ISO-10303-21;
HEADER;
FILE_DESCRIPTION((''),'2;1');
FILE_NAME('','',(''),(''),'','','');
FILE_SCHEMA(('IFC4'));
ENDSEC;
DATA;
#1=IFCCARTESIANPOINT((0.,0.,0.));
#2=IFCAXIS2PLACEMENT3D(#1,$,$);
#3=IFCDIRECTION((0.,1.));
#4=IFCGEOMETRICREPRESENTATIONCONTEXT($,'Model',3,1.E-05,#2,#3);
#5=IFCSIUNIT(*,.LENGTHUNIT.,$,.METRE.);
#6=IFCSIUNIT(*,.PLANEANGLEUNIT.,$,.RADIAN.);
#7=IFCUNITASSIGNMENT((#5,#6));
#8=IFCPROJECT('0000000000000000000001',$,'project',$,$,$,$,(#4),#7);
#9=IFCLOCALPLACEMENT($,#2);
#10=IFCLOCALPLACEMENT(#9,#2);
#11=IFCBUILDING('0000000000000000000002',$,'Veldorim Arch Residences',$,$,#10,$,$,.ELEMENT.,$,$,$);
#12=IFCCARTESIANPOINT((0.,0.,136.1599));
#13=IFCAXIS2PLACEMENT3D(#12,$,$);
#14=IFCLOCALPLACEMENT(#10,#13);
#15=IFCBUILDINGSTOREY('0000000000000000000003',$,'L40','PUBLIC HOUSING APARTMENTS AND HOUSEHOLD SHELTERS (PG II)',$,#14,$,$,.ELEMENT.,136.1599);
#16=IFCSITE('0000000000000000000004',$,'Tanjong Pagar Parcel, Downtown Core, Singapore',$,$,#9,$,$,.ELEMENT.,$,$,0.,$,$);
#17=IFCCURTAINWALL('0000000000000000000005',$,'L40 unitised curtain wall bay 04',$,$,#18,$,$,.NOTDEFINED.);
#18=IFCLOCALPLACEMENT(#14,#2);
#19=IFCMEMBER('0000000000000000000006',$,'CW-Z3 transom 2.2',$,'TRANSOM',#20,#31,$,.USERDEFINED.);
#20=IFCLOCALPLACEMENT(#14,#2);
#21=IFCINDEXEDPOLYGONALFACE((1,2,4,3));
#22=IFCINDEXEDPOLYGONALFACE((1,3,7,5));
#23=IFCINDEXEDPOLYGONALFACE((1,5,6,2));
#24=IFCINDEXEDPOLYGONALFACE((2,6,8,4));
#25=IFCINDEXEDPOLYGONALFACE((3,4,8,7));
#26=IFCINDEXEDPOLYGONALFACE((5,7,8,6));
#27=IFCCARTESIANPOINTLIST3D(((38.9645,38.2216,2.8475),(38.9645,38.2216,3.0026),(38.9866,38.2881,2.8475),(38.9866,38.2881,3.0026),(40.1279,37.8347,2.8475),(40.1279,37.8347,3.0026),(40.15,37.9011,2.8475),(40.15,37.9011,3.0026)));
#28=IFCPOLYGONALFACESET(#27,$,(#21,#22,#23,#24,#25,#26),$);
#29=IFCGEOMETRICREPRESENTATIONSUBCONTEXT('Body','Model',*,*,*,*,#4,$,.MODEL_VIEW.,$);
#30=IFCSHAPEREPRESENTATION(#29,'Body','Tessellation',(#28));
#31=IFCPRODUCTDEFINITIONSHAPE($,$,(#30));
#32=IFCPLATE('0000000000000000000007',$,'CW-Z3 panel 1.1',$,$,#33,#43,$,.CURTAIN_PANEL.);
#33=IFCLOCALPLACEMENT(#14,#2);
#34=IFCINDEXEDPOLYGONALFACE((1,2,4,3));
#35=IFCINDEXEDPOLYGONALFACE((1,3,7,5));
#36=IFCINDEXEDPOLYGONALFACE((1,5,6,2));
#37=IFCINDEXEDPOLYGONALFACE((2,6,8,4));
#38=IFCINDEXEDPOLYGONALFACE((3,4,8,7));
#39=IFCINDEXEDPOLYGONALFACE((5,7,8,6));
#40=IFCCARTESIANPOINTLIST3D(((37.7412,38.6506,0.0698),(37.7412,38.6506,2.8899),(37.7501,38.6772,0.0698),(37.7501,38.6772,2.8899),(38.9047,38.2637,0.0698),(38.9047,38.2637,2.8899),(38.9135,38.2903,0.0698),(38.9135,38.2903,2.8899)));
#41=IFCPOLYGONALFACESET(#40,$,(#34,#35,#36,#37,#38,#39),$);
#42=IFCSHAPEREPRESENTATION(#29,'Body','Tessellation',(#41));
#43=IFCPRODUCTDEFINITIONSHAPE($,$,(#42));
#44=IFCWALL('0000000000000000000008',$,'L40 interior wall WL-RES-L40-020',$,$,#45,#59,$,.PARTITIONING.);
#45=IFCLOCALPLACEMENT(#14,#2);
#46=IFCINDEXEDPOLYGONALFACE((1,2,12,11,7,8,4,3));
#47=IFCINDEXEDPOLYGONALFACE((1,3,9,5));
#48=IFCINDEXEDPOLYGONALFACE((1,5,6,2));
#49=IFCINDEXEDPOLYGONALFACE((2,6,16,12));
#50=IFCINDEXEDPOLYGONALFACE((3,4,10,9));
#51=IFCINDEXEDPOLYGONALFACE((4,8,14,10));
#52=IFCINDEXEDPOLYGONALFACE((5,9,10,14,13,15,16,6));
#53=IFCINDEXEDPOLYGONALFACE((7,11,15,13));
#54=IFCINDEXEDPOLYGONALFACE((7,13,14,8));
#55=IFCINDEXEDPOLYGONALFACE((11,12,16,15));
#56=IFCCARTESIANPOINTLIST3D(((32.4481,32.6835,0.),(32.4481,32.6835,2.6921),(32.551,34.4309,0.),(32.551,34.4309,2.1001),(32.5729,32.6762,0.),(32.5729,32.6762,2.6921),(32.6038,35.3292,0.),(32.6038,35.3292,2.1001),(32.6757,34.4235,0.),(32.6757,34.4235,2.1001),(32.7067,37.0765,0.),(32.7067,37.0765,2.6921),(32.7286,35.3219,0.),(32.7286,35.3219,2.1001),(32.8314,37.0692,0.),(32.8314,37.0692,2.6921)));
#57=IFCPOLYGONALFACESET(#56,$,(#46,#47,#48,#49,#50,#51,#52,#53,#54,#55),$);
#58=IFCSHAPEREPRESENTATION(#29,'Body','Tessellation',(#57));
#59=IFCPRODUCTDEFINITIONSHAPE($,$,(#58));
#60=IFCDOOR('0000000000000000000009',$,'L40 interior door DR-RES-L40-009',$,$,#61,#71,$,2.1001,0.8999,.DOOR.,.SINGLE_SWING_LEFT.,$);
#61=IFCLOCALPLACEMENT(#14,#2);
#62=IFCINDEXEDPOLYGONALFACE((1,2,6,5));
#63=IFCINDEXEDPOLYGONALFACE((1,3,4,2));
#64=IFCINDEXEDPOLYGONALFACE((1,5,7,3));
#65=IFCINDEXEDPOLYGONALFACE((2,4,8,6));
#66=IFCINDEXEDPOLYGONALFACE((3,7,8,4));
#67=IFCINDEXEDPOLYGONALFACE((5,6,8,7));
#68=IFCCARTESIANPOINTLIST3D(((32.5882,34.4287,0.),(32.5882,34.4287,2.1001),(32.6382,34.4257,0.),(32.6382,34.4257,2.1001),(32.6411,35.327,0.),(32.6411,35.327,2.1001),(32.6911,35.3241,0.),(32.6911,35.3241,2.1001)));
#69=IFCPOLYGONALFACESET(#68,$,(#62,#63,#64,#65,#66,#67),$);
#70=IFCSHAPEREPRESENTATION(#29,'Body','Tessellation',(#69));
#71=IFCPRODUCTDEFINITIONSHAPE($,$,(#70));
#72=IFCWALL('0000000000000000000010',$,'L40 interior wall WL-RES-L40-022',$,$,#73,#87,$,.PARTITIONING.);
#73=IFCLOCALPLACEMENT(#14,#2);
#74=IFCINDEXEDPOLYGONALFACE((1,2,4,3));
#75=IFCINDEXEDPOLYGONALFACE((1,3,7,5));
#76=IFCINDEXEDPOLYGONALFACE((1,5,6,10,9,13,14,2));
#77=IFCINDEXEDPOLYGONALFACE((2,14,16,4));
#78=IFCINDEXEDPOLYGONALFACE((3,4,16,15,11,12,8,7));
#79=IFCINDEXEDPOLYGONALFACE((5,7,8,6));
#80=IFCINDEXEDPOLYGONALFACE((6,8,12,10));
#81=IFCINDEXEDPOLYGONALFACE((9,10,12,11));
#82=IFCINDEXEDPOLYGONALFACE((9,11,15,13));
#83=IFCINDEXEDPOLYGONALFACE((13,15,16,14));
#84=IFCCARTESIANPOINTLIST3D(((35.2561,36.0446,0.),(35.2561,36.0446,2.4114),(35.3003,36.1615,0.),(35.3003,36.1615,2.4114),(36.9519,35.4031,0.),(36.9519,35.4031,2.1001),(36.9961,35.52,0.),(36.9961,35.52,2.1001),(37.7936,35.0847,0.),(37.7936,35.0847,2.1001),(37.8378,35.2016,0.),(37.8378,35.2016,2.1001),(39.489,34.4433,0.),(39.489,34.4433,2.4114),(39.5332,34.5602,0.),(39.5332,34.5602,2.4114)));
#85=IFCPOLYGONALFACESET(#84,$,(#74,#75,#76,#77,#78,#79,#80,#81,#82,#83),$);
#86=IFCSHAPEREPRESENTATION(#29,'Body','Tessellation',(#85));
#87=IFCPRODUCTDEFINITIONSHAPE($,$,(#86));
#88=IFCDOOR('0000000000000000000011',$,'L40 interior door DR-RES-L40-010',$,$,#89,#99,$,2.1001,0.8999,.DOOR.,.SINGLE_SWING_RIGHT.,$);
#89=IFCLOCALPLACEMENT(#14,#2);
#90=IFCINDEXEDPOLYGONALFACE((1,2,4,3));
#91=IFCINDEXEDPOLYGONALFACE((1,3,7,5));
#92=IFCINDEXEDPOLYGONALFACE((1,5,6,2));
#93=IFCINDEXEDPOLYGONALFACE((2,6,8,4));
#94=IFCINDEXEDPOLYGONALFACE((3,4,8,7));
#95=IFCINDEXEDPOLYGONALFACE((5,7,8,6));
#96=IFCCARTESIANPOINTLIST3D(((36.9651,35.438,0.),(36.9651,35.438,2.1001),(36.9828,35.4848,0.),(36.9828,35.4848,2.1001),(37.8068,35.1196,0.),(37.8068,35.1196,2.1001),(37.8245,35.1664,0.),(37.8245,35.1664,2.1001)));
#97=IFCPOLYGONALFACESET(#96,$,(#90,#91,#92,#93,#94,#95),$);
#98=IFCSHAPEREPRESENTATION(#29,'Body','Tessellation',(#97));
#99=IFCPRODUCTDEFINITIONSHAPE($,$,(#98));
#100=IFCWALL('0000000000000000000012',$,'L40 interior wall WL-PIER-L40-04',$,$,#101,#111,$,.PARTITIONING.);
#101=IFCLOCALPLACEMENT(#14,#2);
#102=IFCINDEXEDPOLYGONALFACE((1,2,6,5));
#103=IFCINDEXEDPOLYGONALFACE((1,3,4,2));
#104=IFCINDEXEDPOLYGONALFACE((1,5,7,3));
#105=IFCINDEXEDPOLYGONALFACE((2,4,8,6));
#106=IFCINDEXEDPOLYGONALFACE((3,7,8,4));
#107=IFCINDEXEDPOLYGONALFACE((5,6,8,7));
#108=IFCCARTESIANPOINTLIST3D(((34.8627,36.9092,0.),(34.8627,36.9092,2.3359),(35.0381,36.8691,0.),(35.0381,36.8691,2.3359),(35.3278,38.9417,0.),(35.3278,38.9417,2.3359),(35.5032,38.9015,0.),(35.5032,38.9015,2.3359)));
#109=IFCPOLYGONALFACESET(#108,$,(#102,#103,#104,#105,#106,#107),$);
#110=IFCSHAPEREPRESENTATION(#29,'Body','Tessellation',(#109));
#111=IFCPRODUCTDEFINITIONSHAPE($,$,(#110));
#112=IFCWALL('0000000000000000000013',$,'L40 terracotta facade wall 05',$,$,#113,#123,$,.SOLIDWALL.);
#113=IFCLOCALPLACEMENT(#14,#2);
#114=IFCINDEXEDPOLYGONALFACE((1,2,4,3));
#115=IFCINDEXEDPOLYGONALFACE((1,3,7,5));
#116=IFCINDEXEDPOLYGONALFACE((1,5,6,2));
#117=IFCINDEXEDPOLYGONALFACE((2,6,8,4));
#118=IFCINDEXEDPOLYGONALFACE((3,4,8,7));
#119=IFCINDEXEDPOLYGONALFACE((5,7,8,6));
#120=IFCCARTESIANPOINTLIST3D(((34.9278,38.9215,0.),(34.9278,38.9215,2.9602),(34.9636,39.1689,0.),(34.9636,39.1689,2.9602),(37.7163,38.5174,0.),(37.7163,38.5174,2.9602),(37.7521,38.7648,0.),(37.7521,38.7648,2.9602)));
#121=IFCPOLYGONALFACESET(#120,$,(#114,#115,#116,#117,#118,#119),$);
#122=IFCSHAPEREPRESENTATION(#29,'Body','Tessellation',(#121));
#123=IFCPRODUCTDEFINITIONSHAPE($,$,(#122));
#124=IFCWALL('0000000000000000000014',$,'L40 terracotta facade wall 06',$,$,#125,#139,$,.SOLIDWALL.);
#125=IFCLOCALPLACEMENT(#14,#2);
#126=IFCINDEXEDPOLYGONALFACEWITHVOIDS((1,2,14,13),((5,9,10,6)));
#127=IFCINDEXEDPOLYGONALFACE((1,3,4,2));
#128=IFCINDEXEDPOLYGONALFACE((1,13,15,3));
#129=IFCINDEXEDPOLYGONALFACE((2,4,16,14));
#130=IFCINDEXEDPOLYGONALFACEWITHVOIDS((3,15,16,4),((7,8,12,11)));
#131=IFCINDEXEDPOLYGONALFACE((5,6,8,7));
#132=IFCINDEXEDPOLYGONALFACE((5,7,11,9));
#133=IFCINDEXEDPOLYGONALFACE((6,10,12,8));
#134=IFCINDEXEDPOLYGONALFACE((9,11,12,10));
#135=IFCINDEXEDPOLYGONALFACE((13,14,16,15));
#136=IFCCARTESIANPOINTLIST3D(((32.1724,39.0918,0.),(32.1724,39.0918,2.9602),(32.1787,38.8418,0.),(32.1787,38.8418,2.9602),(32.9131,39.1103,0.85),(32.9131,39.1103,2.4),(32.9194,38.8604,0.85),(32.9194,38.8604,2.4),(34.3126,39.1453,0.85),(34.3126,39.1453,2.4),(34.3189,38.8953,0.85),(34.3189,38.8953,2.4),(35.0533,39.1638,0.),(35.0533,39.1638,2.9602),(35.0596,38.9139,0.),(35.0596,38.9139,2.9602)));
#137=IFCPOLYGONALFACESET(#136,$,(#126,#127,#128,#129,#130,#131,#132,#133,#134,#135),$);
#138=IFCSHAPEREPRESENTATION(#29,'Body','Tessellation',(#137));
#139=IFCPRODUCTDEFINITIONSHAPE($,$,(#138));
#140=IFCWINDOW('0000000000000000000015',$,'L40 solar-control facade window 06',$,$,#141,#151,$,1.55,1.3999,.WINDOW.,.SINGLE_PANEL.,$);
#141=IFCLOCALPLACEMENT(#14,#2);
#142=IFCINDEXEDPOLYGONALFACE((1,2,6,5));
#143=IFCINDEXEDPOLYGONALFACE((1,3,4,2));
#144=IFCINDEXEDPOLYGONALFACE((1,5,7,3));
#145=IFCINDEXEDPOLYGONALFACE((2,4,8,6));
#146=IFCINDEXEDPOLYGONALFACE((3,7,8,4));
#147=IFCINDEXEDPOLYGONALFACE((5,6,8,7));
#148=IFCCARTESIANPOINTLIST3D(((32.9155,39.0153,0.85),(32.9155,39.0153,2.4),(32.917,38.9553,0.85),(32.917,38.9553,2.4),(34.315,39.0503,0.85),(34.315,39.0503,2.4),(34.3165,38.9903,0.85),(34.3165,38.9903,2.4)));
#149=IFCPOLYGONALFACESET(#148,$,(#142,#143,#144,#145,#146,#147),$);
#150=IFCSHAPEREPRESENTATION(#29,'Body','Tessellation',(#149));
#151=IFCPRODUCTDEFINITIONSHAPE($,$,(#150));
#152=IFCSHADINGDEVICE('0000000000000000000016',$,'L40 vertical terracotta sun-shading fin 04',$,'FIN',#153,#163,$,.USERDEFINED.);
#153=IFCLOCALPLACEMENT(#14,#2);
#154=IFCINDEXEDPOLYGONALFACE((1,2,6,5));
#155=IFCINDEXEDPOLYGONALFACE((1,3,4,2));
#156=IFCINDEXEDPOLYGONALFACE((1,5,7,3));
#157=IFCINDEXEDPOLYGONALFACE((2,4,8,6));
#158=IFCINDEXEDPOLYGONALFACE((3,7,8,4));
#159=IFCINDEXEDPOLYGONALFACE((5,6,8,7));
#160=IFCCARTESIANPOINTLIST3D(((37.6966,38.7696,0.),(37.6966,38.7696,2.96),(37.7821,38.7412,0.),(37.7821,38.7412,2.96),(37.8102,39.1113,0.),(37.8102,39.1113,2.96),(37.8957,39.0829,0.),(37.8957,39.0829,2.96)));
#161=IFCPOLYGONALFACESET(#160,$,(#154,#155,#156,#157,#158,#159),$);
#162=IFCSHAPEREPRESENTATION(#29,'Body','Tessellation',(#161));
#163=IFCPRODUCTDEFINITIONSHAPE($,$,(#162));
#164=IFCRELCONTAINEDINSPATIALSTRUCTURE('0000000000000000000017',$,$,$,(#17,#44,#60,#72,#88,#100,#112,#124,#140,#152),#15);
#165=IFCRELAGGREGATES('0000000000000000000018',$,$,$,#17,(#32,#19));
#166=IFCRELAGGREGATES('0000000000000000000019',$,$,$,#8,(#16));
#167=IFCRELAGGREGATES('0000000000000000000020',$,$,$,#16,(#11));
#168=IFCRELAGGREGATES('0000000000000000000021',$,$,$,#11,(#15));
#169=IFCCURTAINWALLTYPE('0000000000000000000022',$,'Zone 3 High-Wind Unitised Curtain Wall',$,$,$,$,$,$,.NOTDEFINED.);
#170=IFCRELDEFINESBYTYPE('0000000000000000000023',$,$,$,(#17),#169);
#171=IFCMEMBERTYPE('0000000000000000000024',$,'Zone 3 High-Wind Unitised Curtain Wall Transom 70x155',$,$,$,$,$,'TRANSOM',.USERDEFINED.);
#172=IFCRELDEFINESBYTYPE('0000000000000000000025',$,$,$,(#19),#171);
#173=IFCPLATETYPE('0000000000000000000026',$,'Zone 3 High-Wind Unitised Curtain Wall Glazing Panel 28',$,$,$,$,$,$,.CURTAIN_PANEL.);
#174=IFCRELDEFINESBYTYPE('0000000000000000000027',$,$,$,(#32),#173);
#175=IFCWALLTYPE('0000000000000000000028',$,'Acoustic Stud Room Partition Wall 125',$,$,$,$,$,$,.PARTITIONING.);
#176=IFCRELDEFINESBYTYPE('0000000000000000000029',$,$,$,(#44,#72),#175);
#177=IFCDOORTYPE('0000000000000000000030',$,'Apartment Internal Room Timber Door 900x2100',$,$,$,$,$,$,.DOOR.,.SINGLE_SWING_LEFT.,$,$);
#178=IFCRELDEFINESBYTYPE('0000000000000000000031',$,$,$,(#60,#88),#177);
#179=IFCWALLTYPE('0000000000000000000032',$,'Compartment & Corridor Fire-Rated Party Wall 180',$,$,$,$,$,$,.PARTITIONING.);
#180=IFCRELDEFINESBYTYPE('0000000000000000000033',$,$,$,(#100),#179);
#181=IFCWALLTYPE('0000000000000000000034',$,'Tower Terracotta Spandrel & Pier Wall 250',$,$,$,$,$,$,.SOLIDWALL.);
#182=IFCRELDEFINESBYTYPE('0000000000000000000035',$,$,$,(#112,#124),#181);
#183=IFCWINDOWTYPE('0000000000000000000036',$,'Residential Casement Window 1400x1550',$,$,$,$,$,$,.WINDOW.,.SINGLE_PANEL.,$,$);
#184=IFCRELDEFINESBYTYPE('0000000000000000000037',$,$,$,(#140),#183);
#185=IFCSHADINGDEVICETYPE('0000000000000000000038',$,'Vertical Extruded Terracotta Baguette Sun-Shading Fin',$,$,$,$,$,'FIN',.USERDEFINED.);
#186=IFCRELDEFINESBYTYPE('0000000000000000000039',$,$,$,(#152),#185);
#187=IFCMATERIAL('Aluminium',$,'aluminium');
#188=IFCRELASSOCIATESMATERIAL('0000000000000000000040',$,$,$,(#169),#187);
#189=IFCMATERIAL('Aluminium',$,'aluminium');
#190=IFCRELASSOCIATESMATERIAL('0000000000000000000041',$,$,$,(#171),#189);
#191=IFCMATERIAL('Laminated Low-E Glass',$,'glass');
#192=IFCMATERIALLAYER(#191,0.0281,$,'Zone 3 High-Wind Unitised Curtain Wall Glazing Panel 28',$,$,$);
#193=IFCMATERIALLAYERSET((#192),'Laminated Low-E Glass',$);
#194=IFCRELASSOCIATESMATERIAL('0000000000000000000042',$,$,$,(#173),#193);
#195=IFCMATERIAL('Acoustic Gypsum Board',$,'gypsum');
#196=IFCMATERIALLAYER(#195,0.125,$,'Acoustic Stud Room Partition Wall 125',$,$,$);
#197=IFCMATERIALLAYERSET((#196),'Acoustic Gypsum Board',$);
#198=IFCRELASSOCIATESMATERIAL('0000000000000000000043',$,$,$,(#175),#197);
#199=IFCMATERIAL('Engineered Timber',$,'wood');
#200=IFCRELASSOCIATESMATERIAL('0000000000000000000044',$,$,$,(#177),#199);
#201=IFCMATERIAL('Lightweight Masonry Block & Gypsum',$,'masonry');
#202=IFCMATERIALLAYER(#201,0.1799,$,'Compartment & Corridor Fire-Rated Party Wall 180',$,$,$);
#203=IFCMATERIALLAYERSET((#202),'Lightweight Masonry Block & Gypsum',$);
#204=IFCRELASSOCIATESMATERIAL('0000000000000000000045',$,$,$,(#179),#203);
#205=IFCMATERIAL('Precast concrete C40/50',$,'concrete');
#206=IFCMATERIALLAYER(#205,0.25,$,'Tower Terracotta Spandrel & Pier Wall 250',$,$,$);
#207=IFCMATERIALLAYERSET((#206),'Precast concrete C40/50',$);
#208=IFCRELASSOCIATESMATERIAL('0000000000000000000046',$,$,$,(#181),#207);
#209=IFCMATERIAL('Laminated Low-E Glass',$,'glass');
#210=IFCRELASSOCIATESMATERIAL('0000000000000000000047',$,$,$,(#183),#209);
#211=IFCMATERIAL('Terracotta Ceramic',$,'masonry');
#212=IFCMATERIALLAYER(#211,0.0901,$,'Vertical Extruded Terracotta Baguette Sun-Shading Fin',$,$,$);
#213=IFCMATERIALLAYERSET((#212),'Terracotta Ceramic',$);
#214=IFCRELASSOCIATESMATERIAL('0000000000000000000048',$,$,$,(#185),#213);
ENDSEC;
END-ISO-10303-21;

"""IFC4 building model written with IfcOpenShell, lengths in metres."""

from ifc_helpers import new_model, si_unit, direction, frame, frame_2d, origin, origin_2d, place, context, subcontext, project, spatial, rectangle, extrude, material, layer, layer_set, material_profile, profile_set, type_object, element, fill, aggregate, save


model = new_model("IFC4")

# Units and contexts
model_context = context("Model", 3, precision=1e-05, world=origin(), true_north=direction((0.0, 1.0)))
body_context = subcontext(model_context, "Body", "Model", "MODEL_VIEW")
ifc_project = project(units=[si_unit("LENGTHUNIT", "METRE"), si_unit("PLANEANGLEUNIT", "RADIAN")], contexts=[model_context])

# Site, building, storey
site_placement = place(None, origin())
site = spatial("IfcSite", under=ifc_project, at=site_placement, Name="Tanjong Pagar Parcel, Downtown Core, Singapore", CompositionType="ELEMENT", RefElevation=0.0)
building_placement = place(site_placement, origin())
building = spatial("IfcBuilding", under=site, at=building_placement, Name="Veldorim Arch Residences", CompositionType="ELEMENT")
storey_placement = place(building_placement, frame((0.0, 0.0, 136.1599)))
storey = spatial("IfcBuildingStorey", under=building, at=storey_placement, Name="L40", Description="PUBLIC HOUSING APARTMENTS AND HOUSEHOLD SHELTERS (PG II)", CompositionType="ELEMENT", Elevation=136.1599)

# Curtain wall, member, plate
ifc_material_1 = material(Name="Aluminium", Category="aluminium")
curtain_wall_type = type_object("IfcCurtainWallType", Name="Zone 3 High-Wind Unitised Curtain Wall", PredefinedType="NOTDEFINED", material=ifc_material_1)
curtain_wall_placement = place(storey_placement, origin())
curtain_wall = element("IfcCurtainWall", 1, at=curtain_wall_placement, inside=storey, type_object=curtain_wall_type, Name="L40 unitised curtain wall bay 04", PredefinedType="NOTDEFINED")
ifc_material_2 = material(Name="Aluminium", Category="aluminium")
ifc_material_profile_1 = material_profile(ifc_material_2, rectangle(XDim=0.0701, YDim=0.155, at=origin_2d()), Name="ALU_TRN_70x155")
ifc_profile_set_1 = profile_set([ifc_material_profile_1], Name="Aluminium")
member_type_1 = type_object("IfcMemberType", Name="Zone 3 High-Wind Unitised Curtain Wall Transom 70x155", ElementType="TRANSOM", PredefinedType="USERDEFINED", material=ifc_profile_set_1)
member_1_placement = place(storey_placement, frame((38.9756, 38.2549, 2.925), z_axis=(0.948882, -0.31563, 0.0), x_axis=(0.31563, 0.948882, 0.0)))
member_1 = element("IfcMember", 2, at=member_1_placement, type_object=member_type_1, Name="CW-Z3 transom 2.2", ObjectType="TRANSOM", PredefinedType="USERDEFINED", context=body_context, shape_type="SweptSolid", body=[
    extrude(rectangle(XDim=0.0701, YDim=0.155, at=origin_2d()), origin(), (0.0, 0.0, 1.0), 1.2261),
])
ifc_material_3 = material(Name="Laminated Low-E Glass", Category="glass")
ifc_layer_1 = layer(ifc_material_3, 0.0281, Name="Zone 3 High-Wind Unitised Curtain Wall Glazing Panel 28")
ifc_layer_set_1 = layer_set([ifc_layer_1], Name="Laminated Low-E Glass")
plate_type = type_object("IfcPlateType", Name="Zone 3 High-Wind Unitised Curtain Wall Glazing Panel 28", PredefinedType="CURTAIN_PANEL", material=ifc_layer_set_1)
plate_placement = place(storey_placement, frame((38.3274, 38.4705, 0.0698), z_axis=(0.0, 0.0, 1.0), x_axis=(0.948908, -0.315552, 0.0)))
plate = element("IfcPlate", 3, at=plate_placement, type_object=plate_type, Name="CW-Z3 panel 1.1", PredefinedType="CURTAIN_PANEL", context=body_context, shape_type="SweptSolid", body=[
    extrude(rectangle(XDim=1.2261, YDim=0.0281, at=origin_2d()), origin(), (0.0, 0.0, 1.0), 2.8201),
])
aggregate(curtain_wall, [plate, member_1])

# Walls, openings, doors
ifc_material_4 = material(Name="Acoustic Gypsum Board", Category="gypsum")
ifc_layer_2 = layer(ifc_material_4, 0.125, Name="Acoustic Stud Room Partition Wall 125")
ifc_layer_set_2 = layer_set([ifc_layer_2], Name="Acoustic Gypsum Board")
wall_type_1 = type_object("IfcWallType", Name="Acoustic Stud Room Partition Wall 125", PredefinedType="PARTITIONING", material=ifc_layer_set_2)
wall_1_placement = place(storey_placement, frame((32.769, 37.0728, 0.0), z_axis=(0.0, 0.0, 1.0), x_axis=(-0.058751, -0.998273, 0.0)))
wall_1 = element("IfcWall", 4, at=wall_1_placement, inside=storey, type_object=wall_type_1, Name="L40 interior wall WL-RES-L40-020", PredefinedType="PARTITIONING", context=body_context, shape_type="SweptSolid", body=[
    extrude(rectangle(XDim=4.4006, YDim=0.125, at=frame_2d((2.2002, 0.0))), origin(), (0.0, 0.0, 1.0), 2.6921),
])
opening_1_placement = place(wall_1_placement, frame((1.7502, 0.0, 0.0)))
opening_1 = element("IfcOpeningElement", 5, at=opening_1_placement, cuts=wall_1, PredefinedType="OPENING", context=body_context, shape_type="SweptSolid", body=[
    extrude(rectangle(XDim=0.8999, YDim=2.1001, at=frame_2d((0.45, 1.05))), frame((0.0, 0.0725, 0.0), z_axis=(0.0, -1.0, 0.0), x_axis=(1.0, 0.0, 0.0)), (0.0, 0.0, 1.0), 0.145),
])
ifc_material_5 = material(Name="Engineered Timber", Category="wood")
door_type = type_object("IfcDoorType", Name="Apartment Internal Room Timber Door 900x2100", OperationType="SINGLE_SWING_LEFT", PredefinedType="DOOR", material=ifc_material_5)
door_1_placement = place(opening_1_placement, origin())
door_1 = element("IfcDoor", 6, at=door_1_placement, inside=storey, type_object=door_type, Name="L40 interior door DR-RES-L40-009", OperationType="SINGLE_SWING_LEFT", OverallHeight=2.1001, OverallWidth=0.8999, PredefinedType="DOOR", context=body_context, shape_type="SweptSolid", body=[
    extrude(rectangle(XDim=0.8999, YDim=2.1001, at=frame_2d((0.45, 1.05))), frame((0.0, 0.0249, 0.0), z_axis=(0.0, -1.0, 0.0), x_axis=(1.0, 0.0, 0.0)), (0.0, 0.0, 1.0), 0.05),
])
fill(opening_1, door_1)
wall_2_placement = place(storey_placement, frame((35.2783, 36.103, 0.0), z_axis=(0.0, 0.0, 1.0), x_axis=(0.93531, -0.35383, 0.0)))
wall_2 = element("IfcWall", 7, at=wall_2_placement, inside=storey, type_object=wall_type_1, Name="L40 interior wall WL-RES-L40-022", PredefinedType="PARTITIONING", context=body_context, shape_type="SweptSolid", body=[
    extrude(rectangle(XDim=4.5256, YDim=0.125, at=frame_2d((2.2627, 0.0))), origin(), (0.0, 0.0, 1.0), 2.4114),
])
opening_2_placement = place(wall_2_placement, frame((1.813, 0.0, 0.0)))
opening_2 = element("IfcOpeningElement", 8, at=opening_2_placement, cuts=wall_2, PredefinedType="OPENING", context=body_context, shape_type="SweptSolid", body=[
    extrude(rectangle(XDim=0.8999, YDim=2.1001, at=frame_2d((0.45, 1.05))), frame((0.0, 0.0725, 0.0), z_axis=(0.0, -1.0, 0.0), x_axis=(1.0, 0.0, 0.0)), (0.0, 0.0, 1.0), 0.145),
])
door_2_placement = place(opening_2_placement, origin())
door_2 = element("IfcDoor", 9, at=door_2_placement, inside=storey, type_object=door_type, Name="L40 interior door DR-RES-L40-010", OperationType="SINGLE_SWING_RIGHT", OverallHeight=2.1001, OverallWidth=0.8999, PredefinedType="DOOR", context=body_context, shape_type="SweptSolid", body=[
    extrude(rectangle(XDim=0.8999, YDim=2.1001, at=frame_2d((0.45, 1.05))), frame((0.0, 0.0249, 0.0), z_axis=(0.0, -1.0, 0.0), x_axis=(1.0, 0.0, 0.0)), (0.0, 0.0, 1.0), 0.05),
])
fill(opening_2, door_2)

# Walls
ifc_material_6 = material(Name="Lightweight Masonry Block & Gypsum", Category="masonry")
ifc_layer_3 = layer(ifc_material_6, 0.1799, Name="Compartment & Corridor Fire-Rated Party Wall 180")
ifc_layer_set_3 = layer_set([ifc_layer_3], Name="Lightweight Masonry Block & Gypsum")
wall_type_2 = type_object("IfcWallType", Name="Compartment & Corridor Fire-Rated Party Wall 180", PredefinedType="PARTITIONING", material=ifc_layer_set_3)
wall_3_placement = place(storey_placement, frame((34.9504, 36.8892, 0.0), z_axis=(0.0, 0.0, 1.0), x_axis=(0.223063, 0.974804, 0.0)))
element("IfcWall", 10, at=wall_3_placement, inside=storey, type_object=wall_type_2, Name="L40 interior wall WL-PIER-L40-04", PredefinedType="PARTITIONING", context=body_context, shape_type="SweptSolid", body=[
    extrude(rectangle(XDim=2.085, YDim=0.1799, at=frame_2d((1.0425, 0.0))), origin(), (0.0, 0.0, 1.0), 2.3359),
])
ifc_material_7 = material(Name="Precast concrete C40/50", Category="concrete")
ifc_layer_4 = layer(ifc_material_7, 0.25, Name="Tower Terracotta Spandrel & Pier Wall 250")
ifc_layer_set_4 = layer_set([ifc_layer_4], Name="Precast concrete C40/50")
wall_type_3 = type_object("IfcWallType", Name="Tower Terracotta Spandrel & Pier Wall 250", PredefinedType="SOLIDWALL", material=ifc_layer_set_4)
wall_4_placement = place(storey_placement, frame((34.9458, 39.0452, 0.0), z_axis=(0.0, 0.0, 1.0), x_axis=(0.989665, -0.143398, 0.0)))
element("IfcWall", 11, at=wall_4_placement, inside=storey, type_object=wall_type_3, Name="L40 terracotta facade wall 05", PredefinedType="SOLIDWALL", context=body_context, shape_type="SweptSolid", body=[
    extrude(rectangle(XDim=2.8176, YDim=0.25, at=frame_2d((1.4087, 0.0))), origin(), (0.0, 0.0, 1.0), 2.9602),
])

# Wall, opening, window
wall_5_placement = place(storey_placement, frame((32.1755, 38.9668, 0.0), z_axis=(0.0, 0.0, 1.0), x_axis=(0.999688, 0.024992, 0.0)))
wall_5 = element("IfcWall", 12, at=wall_5_placement, inside=storey, type_object=wall_type_3, Name="L40 terracotta facade wall 06", PredefinedType="SOLIDWALL", context=body_context, shape_type="SweptSolid", body=[
    extrude(rectangle(XDim=2.8818, YDim=0.25, at=frame_2d((1.4409, 0.0))), origin(), (0.0, 0.0, 1.0), 2.9602),
])
opening_3_placement = place(wall_5_placement, frame((0.741, 0.0, 0.8501)))
opening_3 = element("IfcOpeningElement", 13, at=opening_3_placement, cuts=wall_5, PredefinedType="OPENING", context=body_context, shape_type="SweptSolid", body=[
    extrude(rectangle(XDim=1.3999, YDim=1.55, at=frame_2d((0.7, 0.7749))), frame((0.0, 0.135, 0.0), z_axis=(0.0, -1.0, 0.0), x_axis=(1.0, 0.0, 0.0)), (0.0, 0.0, 1.0), 0.27),
])
ifc_material_8 = material(Name="Laminated Low-E Glass", Category="glass")
window_type = type_object("IfcWindowType", Name="Residential Casement Window 1400x1550", PartitioningType="SINGLE_PANEL", PredefinedType="WINDOW", material=ifc_material_8)
window_placement = place(opening_3_placement, origin())
window = element("IfcWindow", 14, at=window_placement, inside=storey, type_object=window_type, Name="L40 solar-control facade window 06", OverallHeight=1.55, OverallWidth=1.3999, PartitioningType="SINGLE_PANEL", PredefinedType="WINDOW", context=body_context, shape_type="SweptSolid", body=[
    extrude(rectangle(XDim=1.3999, YDim=1.55, at=frame_2d((0.7, 0.7749))), frame((0.0, 0.03, 0.0), z_axis=(0.0, -1.0, 0.0), x_axis=(1.0, 0.0, 0.0)), (0.0, 0.0, 1.0), 0.0601),
])
fill(opening_3, window)

# Shading device
ifc_material_9 = material(Name="Terracotta Ceramic", Category="masonry")
ifc_layer_5 = layer(ifc_material_9, 0.0901, Name="Vertical Extruded Terracotta Baguette Sun-Shading Fin")
ifc_layer_set_5 = layer_set([ifc_layer_5], Name="Terracotta Ceramic")
shading_device_type = type_object("IfcShadingDeviceType", Name="Vertical Extruded Terracotta Baguette Sun-Shading Fin", ElementType="FIN", PredefinedType="USERDEFINED", material=ifc_layer_set_5)
shading_device_placement = place(storey_placement, frame((37.7961, 38.9263, 0.0), z_axis=(0.0, 0.0, 1.0), x_axis=(0.948931, -0.315483, 0.0)))
element("IfcShadingDevice", 15, at=shading_device_placement, inside=storey, type_object=shading_device_type, Name="L40 vertical terracotta sun-shading fin 04", ObjectType="FIN", PredefinedType="USERDEFINED", context=body_context, shape_type="SweptSolid", body=[
    extrude(rectangle(XDim=0.0901, YDim=0.3601, at=origin_2d()), origin(), (0.0, 0.0, 1.0), 2.96),
])

save(model, "model.ifc")
